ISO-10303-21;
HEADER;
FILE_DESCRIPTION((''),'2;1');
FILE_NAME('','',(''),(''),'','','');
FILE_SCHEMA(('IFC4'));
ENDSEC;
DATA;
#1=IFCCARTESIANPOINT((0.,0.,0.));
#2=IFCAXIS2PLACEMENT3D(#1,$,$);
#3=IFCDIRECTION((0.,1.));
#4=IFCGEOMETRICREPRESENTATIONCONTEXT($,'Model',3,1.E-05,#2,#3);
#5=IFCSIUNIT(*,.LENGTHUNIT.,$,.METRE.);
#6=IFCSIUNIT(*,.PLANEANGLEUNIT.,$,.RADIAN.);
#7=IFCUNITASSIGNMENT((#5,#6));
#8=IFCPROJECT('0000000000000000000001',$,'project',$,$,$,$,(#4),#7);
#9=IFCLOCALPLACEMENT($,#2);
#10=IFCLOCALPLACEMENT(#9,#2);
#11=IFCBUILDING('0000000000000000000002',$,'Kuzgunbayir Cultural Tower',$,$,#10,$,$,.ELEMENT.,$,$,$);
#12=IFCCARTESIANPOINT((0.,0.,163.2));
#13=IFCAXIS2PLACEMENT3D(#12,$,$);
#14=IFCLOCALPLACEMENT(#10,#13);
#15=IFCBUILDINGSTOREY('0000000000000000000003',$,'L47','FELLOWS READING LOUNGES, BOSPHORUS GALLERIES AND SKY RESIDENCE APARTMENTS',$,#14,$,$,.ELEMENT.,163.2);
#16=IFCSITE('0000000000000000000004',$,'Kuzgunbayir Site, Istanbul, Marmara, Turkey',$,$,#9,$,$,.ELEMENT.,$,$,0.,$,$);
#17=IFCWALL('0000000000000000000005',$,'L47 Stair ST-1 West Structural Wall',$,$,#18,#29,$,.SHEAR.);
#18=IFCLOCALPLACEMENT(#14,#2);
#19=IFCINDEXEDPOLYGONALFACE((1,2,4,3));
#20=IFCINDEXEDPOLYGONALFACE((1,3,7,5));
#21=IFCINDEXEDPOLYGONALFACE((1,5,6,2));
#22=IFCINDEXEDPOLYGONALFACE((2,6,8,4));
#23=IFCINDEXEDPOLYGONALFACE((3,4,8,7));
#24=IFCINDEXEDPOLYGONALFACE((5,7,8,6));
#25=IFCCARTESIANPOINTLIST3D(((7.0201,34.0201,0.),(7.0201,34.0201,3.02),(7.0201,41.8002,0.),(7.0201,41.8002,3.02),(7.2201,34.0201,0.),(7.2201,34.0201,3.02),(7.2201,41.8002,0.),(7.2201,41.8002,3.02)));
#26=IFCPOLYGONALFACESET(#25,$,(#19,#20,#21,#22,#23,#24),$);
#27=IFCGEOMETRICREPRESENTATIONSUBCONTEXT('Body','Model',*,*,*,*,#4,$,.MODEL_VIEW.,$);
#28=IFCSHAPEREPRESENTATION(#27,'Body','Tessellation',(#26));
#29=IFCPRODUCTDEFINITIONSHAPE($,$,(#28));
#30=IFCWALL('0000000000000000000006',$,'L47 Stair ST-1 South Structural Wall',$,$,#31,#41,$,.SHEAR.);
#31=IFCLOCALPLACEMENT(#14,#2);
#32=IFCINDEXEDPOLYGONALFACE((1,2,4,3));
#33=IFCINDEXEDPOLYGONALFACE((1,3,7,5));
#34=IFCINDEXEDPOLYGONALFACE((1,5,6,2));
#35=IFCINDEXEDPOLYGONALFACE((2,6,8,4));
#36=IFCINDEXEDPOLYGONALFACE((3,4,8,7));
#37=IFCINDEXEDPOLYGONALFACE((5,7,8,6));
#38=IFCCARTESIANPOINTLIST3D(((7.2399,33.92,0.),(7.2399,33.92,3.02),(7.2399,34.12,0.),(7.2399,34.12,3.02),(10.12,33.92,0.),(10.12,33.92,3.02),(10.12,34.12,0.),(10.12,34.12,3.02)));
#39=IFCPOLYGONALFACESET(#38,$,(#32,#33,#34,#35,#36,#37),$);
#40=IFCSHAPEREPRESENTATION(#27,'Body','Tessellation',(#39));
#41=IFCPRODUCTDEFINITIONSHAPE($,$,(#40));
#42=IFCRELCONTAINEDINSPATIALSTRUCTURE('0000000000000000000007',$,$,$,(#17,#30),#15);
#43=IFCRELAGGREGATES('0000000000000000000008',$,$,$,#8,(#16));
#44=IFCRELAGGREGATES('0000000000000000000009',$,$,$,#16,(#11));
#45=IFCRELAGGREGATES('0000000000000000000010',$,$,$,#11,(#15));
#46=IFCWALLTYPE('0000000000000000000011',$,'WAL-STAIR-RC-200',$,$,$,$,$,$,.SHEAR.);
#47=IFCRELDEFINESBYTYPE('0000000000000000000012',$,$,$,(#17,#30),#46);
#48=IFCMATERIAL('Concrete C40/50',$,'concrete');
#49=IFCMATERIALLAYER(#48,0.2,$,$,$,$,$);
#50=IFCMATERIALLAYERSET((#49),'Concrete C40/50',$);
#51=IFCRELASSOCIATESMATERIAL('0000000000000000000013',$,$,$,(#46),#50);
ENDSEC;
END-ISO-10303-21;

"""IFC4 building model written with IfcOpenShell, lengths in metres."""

from ifc_helpers import new_model, si_unit, direction, frame, frame_2d, origin, place, context, subcontext, project, spatial, rectangle, extrude, material, layer, layer_set, type_object, element, save


model = new_model("IFC4")

# Units and contexts
model_context = context("Model", 3, precision=1e-05, world=origin(), true_north=direction((0.0, 1.0)))
body_context = subcontext(model_context, "Body", "Model", "MODEL_VIEW")
ifc_project = project(units=[si_unit("LENGTHUNIT", "METRE"), si_unit("PLANEANGLEUNIT", "RADIAN")], contexts=[model_context])

# Site, building, storey
site_placement = place(None, origin())
site = spatial("IfcSite", under=ifc_project, at=site_placement, Name="Kuzgunbayir Site, Istanbul, Marmara, Turkey", CompositionType="ELEMENT", RefElevation=0.0)
building_placement = place(site_placement, origin())
building = spatial("IfcBuilding", under=site, at=building_placement, Name="Kuzgunbayir Cultural Tower", CompositionType="ELEMENT")
storey_placement = place(building_placement, frame((0.0, 0.0, 163.2)))
storey = spatial("IfcBuildingStorey", under=building, at=storey_placement, Name="L47", Description="FELLOWS READING LOUNGES, BOSPHORUS GALLERIES AND SKY RESIDENCE APARTMENTS", CompositionType="ELEMENT", Elevation=163.2)

# Shared definitions
ifc_material_1 = material(Name="Concrete C40/50", Category="concrete")

# Walls
ifc_layer_1 = layer(ifc_material_1, 0.2)
ifc_layer_set_1 = layer_set([ifc_layer_1], Name="Concrete C40/50")
wall_type_1 = type_object("IfcWallType", Name="WAL-STAIR-RC-200", PredefinedType="SHEAR", material=ifc_layer_set_1)
wall_1_placement = place(storey_placement, frame((7.1201, 34.02, 0.0), z_axis=(0.0, 0.0, 1.0), x_axis=(0.0, 1.0, 0.0)))
element("IfcWall", 1, at=wall_1_placement, inside=storey, type_object=wall_type_1, Name="L47 Stair ST-1 West Structural Wall", PredefinedType="SHEAR", context=body_context, shape_type="SweptSolid", body=[
    extrude(rectangle(XDim=7.78, YDim=0.2, at=frame_2d((3.8901, 0.0))), origin(), (0.0, 0.0, 1.0), 3.02),
])
wall_2_placement = place(storey_placement, frame((7.24, 34.02, 0.0), z_axis=(0.0, 0.0, 1.0), x_axis=(1.0, 0.0, 0.0)))
element("IfcWall", 2, at=wall_2_placement, inside=storey, type_object=wall_type_1, Name="L47 Stair ST-1 South Structural Wall", PredefinedType="SHEAR", context=body_context, shape_type="SweptSolid", body=[
    extrude(rectangle(XDim=2.8801, YDim=0.2, at=frame_2d((1.4399, 0.0))), origin(), (0.0, 0.0, 1.0), 3.02),
])

save(model, "model.ifc")
